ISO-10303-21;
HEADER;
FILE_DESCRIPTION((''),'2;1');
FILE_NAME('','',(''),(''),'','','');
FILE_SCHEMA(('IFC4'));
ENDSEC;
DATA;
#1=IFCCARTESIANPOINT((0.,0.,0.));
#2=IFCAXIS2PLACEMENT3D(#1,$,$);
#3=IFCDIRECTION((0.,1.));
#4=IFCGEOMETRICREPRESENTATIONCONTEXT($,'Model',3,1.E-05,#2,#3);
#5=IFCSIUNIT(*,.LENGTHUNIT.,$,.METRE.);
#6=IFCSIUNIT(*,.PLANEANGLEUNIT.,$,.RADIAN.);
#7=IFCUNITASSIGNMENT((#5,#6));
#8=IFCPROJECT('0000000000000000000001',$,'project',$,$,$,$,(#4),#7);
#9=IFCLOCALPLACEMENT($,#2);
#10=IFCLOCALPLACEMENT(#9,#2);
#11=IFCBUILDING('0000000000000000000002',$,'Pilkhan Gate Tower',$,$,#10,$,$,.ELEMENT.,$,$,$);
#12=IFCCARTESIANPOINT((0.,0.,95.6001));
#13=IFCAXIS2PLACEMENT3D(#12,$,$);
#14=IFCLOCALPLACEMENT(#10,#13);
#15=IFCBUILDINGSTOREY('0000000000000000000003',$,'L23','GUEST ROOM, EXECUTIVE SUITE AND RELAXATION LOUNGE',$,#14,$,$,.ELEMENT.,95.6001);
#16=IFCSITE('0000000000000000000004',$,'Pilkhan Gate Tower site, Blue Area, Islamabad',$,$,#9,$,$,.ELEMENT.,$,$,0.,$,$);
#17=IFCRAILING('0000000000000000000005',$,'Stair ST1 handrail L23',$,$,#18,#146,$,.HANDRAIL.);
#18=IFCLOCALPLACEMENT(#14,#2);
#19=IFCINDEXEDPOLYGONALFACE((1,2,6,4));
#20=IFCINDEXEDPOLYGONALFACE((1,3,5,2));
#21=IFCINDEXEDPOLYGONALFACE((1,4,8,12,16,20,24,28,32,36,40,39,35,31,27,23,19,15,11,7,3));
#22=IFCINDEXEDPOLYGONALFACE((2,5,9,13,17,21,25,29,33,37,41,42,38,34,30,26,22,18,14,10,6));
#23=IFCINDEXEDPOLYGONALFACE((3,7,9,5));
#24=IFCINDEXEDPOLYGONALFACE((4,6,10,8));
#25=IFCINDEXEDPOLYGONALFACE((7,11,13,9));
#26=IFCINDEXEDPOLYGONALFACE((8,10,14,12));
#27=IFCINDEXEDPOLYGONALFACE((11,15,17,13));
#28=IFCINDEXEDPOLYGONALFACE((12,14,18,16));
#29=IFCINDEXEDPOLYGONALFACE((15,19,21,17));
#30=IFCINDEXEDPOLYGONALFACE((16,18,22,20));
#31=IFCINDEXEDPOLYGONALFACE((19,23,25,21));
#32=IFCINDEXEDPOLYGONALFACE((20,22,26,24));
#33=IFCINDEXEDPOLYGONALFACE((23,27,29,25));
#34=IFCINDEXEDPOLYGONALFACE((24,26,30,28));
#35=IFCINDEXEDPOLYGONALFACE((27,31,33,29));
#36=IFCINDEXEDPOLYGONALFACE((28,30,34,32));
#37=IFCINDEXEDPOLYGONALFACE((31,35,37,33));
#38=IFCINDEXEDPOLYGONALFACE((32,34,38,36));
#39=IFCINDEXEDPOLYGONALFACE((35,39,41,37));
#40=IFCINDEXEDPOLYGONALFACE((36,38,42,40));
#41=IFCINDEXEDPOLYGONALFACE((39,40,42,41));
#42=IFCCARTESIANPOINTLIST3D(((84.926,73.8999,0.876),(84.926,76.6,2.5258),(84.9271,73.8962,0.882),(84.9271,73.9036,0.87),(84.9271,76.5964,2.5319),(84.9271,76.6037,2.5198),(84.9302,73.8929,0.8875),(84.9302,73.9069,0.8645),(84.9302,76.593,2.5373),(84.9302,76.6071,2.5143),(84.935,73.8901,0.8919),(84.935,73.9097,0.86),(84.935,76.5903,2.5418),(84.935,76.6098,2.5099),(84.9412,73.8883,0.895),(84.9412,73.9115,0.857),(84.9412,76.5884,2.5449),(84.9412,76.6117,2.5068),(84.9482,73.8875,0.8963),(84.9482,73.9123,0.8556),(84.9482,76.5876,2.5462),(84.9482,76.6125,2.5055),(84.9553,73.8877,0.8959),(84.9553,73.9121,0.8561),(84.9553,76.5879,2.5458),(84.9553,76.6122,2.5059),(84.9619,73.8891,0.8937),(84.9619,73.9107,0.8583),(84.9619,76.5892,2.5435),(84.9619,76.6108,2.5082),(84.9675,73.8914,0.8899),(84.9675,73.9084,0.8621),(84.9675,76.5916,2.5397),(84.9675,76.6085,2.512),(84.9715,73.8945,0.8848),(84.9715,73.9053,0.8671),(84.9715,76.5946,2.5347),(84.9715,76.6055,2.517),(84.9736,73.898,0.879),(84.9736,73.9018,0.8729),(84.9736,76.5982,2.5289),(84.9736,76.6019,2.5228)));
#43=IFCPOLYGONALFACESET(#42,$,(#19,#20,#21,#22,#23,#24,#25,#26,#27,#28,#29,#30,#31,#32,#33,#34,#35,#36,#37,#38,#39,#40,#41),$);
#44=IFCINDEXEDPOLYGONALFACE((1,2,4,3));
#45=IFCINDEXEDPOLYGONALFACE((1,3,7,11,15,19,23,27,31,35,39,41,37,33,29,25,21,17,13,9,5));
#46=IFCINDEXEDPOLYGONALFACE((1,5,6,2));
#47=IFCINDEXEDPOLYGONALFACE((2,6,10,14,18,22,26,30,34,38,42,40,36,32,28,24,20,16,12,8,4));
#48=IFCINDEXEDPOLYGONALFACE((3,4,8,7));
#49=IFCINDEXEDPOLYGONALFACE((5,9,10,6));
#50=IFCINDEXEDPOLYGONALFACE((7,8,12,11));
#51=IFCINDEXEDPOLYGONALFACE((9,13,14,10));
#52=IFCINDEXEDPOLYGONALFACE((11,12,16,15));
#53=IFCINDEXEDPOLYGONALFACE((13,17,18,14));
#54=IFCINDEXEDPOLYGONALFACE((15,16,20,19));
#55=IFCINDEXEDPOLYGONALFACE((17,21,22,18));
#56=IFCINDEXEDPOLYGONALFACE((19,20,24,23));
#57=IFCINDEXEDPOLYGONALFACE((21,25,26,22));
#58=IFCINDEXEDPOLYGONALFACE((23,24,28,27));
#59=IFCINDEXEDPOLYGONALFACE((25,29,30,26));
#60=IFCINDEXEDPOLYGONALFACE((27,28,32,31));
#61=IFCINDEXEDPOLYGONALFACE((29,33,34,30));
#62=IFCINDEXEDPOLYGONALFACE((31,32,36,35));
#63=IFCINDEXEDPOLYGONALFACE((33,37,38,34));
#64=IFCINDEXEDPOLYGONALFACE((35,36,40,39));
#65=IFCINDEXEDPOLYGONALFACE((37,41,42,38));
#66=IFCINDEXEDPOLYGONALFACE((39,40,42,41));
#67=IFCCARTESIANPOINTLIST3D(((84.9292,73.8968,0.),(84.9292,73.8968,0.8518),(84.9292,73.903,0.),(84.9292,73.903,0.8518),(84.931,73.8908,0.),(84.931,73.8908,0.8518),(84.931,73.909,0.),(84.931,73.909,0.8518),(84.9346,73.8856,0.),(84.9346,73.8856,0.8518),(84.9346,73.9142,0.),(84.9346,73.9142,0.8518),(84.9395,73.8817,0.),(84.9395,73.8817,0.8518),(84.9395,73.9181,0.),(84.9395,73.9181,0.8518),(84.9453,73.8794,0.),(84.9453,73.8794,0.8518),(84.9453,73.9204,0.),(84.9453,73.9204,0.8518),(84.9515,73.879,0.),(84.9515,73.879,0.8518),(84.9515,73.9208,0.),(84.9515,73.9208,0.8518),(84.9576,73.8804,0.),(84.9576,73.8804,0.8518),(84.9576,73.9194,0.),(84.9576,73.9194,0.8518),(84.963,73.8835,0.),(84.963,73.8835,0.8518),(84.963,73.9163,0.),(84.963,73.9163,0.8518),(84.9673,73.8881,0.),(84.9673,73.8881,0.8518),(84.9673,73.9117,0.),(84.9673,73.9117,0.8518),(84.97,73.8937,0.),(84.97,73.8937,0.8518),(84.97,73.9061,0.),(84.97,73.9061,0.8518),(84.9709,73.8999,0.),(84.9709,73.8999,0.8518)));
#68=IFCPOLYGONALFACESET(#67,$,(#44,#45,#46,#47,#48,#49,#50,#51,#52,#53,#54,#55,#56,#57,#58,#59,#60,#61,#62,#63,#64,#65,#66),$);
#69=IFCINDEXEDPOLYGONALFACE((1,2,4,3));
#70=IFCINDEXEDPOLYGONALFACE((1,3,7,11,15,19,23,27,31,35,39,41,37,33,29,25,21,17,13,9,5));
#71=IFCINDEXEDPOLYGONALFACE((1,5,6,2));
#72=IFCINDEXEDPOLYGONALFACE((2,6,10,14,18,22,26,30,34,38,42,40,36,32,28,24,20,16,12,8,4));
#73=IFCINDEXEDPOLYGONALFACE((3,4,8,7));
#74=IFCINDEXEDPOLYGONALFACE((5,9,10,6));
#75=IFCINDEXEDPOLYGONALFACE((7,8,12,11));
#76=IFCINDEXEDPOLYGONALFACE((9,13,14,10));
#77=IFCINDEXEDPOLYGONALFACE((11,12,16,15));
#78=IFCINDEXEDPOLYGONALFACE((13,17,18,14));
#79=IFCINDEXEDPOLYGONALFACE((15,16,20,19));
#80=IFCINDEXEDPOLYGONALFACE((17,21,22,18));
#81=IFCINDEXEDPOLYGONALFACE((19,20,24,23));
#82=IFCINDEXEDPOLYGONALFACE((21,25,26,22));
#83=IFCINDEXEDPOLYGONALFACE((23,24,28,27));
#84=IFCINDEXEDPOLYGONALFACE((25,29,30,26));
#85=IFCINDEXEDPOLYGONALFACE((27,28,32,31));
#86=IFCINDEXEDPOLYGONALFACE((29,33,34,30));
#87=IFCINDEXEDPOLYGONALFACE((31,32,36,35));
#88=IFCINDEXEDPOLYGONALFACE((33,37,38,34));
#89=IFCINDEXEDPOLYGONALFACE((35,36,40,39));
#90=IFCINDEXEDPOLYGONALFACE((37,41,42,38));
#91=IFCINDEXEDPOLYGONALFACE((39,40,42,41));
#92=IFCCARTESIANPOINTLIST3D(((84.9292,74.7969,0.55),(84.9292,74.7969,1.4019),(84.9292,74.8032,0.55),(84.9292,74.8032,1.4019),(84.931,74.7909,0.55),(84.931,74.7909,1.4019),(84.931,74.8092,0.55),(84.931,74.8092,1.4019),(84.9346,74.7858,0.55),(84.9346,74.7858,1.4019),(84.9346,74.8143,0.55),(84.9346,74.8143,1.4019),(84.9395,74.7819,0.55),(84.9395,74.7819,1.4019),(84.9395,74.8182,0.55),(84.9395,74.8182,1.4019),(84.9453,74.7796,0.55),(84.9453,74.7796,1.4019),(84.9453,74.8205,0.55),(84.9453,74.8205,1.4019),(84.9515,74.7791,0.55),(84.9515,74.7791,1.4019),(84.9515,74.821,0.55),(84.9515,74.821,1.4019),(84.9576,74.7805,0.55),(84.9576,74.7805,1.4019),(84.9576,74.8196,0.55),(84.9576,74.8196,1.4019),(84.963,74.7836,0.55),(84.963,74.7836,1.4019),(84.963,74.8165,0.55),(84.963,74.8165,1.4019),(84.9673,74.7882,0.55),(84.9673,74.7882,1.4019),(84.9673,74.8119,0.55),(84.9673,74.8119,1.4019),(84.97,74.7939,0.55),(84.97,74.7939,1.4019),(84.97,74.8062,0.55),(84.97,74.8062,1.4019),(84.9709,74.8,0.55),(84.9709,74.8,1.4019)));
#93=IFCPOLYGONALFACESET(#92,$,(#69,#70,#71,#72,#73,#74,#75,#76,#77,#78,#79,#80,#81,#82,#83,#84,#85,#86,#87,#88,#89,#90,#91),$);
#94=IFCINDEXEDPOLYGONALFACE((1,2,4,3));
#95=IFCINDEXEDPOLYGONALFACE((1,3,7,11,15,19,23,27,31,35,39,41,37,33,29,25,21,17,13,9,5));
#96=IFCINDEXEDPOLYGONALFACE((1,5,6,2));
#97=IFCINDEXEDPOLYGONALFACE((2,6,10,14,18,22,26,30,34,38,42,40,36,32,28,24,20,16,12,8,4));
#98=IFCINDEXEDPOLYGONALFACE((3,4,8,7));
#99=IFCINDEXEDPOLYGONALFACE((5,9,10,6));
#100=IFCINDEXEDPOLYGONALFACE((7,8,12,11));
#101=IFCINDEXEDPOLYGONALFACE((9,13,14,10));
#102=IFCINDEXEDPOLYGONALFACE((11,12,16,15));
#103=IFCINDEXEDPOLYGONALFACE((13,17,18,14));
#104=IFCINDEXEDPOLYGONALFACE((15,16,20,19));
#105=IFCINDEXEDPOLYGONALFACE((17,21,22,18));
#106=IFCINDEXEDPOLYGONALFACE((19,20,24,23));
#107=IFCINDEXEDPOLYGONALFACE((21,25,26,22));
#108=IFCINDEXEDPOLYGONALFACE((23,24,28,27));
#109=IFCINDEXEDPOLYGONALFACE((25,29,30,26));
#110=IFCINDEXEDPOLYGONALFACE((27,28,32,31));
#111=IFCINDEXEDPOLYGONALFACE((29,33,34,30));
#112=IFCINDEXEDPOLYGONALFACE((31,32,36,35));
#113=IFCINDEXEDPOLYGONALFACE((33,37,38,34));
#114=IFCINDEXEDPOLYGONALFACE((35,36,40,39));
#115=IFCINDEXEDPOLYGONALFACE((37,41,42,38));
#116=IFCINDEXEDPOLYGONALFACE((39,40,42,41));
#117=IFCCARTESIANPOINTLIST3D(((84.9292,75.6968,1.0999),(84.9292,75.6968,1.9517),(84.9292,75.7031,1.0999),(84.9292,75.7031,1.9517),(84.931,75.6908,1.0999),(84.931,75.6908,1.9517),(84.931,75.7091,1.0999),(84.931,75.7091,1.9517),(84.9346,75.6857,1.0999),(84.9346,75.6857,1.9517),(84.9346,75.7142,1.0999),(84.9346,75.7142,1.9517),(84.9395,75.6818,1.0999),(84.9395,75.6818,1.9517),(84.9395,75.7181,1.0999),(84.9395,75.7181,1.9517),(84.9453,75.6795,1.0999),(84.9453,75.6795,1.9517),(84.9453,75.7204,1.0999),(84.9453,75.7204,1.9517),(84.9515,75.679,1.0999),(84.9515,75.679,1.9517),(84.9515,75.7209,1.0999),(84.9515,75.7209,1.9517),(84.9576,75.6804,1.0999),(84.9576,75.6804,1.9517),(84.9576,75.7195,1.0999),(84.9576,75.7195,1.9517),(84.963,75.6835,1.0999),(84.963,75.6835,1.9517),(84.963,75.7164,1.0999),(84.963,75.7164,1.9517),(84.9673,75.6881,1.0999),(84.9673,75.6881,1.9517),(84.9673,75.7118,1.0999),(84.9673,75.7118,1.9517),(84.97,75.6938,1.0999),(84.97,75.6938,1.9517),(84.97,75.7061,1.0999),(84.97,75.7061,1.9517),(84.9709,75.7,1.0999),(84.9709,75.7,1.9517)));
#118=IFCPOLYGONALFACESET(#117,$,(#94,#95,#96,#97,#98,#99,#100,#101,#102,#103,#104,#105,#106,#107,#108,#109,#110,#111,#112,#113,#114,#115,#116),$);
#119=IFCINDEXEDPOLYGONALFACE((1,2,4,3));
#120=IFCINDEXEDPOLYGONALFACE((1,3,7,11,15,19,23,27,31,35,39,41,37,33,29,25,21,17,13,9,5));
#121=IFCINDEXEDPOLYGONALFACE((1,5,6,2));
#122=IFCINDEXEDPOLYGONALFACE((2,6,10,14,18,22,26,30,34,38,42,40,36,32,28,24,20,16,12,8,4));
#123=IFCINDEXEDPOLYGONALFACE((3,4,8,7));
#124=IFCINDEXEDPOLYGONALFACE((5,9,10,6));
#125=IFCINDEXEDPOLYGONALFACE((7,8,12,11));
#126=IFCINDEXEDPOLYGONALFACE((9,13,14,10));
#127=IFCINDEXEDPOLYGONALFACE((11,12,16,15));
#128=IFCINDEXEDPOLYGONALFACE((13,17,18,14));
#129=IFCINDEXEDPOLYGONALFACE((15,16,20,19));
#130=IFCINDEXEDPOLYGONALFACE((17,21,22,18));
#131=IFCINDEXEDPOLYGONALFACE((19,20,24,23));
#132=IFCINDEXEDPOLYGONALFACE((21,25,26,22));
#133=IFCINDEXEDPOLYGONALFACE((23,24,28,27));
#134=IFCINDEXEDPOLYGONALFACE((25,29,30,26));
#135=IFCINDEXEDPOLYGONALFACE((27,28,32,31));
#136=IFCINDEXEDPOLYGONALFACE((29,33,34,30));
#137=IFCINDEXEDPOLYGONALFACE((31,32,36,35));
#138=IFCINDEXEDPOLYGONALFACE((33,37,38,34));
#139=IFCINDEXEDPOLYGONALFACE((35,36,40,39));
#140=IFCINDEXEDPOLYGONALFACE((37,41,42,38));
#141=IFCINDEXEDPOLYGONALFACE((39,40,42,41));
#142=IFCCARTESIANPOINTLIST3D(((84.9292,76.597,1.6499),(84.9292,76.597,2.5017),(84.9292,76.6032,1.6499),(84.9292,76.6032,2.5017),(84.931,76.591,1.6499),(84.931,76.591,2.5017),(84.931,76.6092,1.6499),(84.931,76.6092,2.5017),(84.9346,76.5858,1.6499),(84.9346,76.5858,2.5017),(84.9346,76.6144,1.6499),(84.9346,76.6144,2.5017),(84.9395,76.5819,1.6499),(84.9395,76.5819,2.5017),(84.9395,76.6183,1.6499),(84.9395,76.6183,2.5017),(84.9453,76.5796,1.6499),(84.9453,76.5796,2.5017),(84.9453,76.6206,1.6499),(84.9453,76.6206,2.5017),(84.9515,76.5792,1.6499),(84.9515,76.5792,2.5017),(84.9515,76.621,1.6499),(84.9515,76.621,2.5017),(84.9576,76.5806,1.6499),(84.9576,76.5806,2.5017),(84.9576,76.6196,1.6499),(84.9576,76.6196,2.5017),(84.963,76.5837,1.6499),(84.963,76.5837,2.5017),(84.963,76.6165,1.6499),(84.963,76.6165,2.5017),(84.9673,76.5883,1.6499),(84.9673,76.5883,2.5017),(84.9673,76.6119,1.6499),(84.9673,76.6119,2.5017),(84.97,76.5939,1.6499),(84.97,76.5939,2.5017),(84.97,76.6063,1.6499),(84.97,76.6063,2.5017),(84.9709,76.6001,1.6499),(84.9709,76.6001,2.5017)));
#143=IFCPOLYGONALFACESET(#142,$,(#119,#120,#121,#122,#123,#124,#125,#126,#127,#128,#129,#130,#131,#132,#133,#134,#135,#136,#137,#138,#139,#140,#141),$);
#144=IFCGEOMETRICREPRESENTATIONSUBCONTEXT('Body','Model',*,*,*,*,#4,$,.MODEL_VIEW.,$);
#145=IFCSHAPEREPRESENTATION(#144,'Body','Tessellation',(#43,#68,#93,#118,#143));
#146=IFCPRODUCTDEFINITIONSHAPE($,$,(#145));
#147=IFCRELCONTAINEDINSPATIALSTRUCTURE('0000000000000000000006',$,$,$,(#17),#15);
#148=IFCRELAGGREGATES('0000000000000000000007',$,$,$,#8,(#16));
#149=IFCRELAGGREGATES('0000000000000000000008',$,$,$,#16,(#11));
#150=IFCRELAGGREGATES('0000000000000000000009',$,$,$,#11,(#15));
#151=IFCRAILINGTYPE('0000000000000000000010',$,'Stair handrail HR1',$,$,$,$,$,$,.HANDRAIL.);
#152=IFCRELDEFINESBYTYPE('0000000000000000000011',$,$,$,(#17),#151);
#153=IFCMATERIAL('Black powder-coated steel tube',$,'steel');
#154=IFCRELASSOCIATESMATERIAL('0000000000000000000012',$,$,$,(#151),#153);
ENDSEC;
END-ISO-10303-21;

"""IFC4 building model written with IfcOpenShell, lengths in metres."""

from ifc_helpers import new_model, si_unit, direction, frame, origin, origin_2d, place, context, subcontext, project, spatial, circle, extrude, material, type_object, element, save


model = new_model("IFC4")

# Units and contexts
model_context = context("Model", 3, precision=1e-05, world=origin(), true_north=direction((0.0, 1.0)))
body_context = subcontext(model_context, "Body", "Model", "MODEL_VIEW")
ifc_project = project(units=[si_unit("LENGTHUNIT", "METRE"), si_unit("PLANEANGLEUNIT", "RADIAN")], contexts=[model_context])

# Site, building, storey
site_placement = place(None, origin())
site = spatial("IfcSite", under=ifc_project, at=site_placement, Name="Pilkhan Gate Tower site, Blue Area, Islamabad", CompositionType="ELEMENT", RefElevation=0.0)
building_placement = place(site_placement, origin())
building = spatial("IfcBuilding", under=site, at=building_placement, Name="Pilkhan Gate Tower", CompositionType="ELEMENT")
storey_placement = place(building_placement, frame((0.0, 0.0, 95.6001)))
storey = spatial("IfcBuildingStorey", under=building, at=storey_placement, Name="L23", Description="GUEST ROOM, EXECUTIVE SUITE AND RELAXATION LOUNGE", CompositionType="ELEMENT", Elevation=95.6001)

# Railing
ifc_material_1 = material(Name="Black powder-coated steel tube", Category="steel")
railing_type_1 = type_object("IfcRailingType", Name="Stair handrail HR1", PredefinedType="HANDRAIL", material=ifc_material_1)
railing_1_placement = place(storey_placement, frame((84.95, 73.8999, 0.0)))
element("IfcRailing", 1, at=railing_1_placement, inside=storey, type_object=railing_type_1, Name="Stair ST1 handrail L23", PredefinedType="HANDRAIL", context=body_context, shape_type="SweptSolid", body=[
    extrude(circle(Radius=0.0239, at=origin_2d()), frame((0.0, 0.0, 0.876), z_axis=(0.0, 0.853312, 0.5214), x_axis=(-1.0, 0.0, 0.0)), (0.0, 0.0, 1.0), 3.1643),
    extrude(circle(Radius=0.021, at=origin_2d()), origin(), (0.0, 0.0, 1.0), 0.8518),
    extrude(circle(Radius=0.021, at=origin_2d()), frame((0.0, 0.9001, 0.55)), (0.0, 0.0, 1.0), 0.8518),
    extrude(circle(Radius=0.021, at=origin_2d()), frame((0.0, 1.8, 1.0999)), (0.0, 0.0, 1.0), 0.8518),
    extrude(circle(Radius=0.021, at=origin_2d()), frame((0.0, 2.7002, 1.6499)), (0.0, 0.0, 1.0), 0.8518),
])

save(model, "model.ifc")
